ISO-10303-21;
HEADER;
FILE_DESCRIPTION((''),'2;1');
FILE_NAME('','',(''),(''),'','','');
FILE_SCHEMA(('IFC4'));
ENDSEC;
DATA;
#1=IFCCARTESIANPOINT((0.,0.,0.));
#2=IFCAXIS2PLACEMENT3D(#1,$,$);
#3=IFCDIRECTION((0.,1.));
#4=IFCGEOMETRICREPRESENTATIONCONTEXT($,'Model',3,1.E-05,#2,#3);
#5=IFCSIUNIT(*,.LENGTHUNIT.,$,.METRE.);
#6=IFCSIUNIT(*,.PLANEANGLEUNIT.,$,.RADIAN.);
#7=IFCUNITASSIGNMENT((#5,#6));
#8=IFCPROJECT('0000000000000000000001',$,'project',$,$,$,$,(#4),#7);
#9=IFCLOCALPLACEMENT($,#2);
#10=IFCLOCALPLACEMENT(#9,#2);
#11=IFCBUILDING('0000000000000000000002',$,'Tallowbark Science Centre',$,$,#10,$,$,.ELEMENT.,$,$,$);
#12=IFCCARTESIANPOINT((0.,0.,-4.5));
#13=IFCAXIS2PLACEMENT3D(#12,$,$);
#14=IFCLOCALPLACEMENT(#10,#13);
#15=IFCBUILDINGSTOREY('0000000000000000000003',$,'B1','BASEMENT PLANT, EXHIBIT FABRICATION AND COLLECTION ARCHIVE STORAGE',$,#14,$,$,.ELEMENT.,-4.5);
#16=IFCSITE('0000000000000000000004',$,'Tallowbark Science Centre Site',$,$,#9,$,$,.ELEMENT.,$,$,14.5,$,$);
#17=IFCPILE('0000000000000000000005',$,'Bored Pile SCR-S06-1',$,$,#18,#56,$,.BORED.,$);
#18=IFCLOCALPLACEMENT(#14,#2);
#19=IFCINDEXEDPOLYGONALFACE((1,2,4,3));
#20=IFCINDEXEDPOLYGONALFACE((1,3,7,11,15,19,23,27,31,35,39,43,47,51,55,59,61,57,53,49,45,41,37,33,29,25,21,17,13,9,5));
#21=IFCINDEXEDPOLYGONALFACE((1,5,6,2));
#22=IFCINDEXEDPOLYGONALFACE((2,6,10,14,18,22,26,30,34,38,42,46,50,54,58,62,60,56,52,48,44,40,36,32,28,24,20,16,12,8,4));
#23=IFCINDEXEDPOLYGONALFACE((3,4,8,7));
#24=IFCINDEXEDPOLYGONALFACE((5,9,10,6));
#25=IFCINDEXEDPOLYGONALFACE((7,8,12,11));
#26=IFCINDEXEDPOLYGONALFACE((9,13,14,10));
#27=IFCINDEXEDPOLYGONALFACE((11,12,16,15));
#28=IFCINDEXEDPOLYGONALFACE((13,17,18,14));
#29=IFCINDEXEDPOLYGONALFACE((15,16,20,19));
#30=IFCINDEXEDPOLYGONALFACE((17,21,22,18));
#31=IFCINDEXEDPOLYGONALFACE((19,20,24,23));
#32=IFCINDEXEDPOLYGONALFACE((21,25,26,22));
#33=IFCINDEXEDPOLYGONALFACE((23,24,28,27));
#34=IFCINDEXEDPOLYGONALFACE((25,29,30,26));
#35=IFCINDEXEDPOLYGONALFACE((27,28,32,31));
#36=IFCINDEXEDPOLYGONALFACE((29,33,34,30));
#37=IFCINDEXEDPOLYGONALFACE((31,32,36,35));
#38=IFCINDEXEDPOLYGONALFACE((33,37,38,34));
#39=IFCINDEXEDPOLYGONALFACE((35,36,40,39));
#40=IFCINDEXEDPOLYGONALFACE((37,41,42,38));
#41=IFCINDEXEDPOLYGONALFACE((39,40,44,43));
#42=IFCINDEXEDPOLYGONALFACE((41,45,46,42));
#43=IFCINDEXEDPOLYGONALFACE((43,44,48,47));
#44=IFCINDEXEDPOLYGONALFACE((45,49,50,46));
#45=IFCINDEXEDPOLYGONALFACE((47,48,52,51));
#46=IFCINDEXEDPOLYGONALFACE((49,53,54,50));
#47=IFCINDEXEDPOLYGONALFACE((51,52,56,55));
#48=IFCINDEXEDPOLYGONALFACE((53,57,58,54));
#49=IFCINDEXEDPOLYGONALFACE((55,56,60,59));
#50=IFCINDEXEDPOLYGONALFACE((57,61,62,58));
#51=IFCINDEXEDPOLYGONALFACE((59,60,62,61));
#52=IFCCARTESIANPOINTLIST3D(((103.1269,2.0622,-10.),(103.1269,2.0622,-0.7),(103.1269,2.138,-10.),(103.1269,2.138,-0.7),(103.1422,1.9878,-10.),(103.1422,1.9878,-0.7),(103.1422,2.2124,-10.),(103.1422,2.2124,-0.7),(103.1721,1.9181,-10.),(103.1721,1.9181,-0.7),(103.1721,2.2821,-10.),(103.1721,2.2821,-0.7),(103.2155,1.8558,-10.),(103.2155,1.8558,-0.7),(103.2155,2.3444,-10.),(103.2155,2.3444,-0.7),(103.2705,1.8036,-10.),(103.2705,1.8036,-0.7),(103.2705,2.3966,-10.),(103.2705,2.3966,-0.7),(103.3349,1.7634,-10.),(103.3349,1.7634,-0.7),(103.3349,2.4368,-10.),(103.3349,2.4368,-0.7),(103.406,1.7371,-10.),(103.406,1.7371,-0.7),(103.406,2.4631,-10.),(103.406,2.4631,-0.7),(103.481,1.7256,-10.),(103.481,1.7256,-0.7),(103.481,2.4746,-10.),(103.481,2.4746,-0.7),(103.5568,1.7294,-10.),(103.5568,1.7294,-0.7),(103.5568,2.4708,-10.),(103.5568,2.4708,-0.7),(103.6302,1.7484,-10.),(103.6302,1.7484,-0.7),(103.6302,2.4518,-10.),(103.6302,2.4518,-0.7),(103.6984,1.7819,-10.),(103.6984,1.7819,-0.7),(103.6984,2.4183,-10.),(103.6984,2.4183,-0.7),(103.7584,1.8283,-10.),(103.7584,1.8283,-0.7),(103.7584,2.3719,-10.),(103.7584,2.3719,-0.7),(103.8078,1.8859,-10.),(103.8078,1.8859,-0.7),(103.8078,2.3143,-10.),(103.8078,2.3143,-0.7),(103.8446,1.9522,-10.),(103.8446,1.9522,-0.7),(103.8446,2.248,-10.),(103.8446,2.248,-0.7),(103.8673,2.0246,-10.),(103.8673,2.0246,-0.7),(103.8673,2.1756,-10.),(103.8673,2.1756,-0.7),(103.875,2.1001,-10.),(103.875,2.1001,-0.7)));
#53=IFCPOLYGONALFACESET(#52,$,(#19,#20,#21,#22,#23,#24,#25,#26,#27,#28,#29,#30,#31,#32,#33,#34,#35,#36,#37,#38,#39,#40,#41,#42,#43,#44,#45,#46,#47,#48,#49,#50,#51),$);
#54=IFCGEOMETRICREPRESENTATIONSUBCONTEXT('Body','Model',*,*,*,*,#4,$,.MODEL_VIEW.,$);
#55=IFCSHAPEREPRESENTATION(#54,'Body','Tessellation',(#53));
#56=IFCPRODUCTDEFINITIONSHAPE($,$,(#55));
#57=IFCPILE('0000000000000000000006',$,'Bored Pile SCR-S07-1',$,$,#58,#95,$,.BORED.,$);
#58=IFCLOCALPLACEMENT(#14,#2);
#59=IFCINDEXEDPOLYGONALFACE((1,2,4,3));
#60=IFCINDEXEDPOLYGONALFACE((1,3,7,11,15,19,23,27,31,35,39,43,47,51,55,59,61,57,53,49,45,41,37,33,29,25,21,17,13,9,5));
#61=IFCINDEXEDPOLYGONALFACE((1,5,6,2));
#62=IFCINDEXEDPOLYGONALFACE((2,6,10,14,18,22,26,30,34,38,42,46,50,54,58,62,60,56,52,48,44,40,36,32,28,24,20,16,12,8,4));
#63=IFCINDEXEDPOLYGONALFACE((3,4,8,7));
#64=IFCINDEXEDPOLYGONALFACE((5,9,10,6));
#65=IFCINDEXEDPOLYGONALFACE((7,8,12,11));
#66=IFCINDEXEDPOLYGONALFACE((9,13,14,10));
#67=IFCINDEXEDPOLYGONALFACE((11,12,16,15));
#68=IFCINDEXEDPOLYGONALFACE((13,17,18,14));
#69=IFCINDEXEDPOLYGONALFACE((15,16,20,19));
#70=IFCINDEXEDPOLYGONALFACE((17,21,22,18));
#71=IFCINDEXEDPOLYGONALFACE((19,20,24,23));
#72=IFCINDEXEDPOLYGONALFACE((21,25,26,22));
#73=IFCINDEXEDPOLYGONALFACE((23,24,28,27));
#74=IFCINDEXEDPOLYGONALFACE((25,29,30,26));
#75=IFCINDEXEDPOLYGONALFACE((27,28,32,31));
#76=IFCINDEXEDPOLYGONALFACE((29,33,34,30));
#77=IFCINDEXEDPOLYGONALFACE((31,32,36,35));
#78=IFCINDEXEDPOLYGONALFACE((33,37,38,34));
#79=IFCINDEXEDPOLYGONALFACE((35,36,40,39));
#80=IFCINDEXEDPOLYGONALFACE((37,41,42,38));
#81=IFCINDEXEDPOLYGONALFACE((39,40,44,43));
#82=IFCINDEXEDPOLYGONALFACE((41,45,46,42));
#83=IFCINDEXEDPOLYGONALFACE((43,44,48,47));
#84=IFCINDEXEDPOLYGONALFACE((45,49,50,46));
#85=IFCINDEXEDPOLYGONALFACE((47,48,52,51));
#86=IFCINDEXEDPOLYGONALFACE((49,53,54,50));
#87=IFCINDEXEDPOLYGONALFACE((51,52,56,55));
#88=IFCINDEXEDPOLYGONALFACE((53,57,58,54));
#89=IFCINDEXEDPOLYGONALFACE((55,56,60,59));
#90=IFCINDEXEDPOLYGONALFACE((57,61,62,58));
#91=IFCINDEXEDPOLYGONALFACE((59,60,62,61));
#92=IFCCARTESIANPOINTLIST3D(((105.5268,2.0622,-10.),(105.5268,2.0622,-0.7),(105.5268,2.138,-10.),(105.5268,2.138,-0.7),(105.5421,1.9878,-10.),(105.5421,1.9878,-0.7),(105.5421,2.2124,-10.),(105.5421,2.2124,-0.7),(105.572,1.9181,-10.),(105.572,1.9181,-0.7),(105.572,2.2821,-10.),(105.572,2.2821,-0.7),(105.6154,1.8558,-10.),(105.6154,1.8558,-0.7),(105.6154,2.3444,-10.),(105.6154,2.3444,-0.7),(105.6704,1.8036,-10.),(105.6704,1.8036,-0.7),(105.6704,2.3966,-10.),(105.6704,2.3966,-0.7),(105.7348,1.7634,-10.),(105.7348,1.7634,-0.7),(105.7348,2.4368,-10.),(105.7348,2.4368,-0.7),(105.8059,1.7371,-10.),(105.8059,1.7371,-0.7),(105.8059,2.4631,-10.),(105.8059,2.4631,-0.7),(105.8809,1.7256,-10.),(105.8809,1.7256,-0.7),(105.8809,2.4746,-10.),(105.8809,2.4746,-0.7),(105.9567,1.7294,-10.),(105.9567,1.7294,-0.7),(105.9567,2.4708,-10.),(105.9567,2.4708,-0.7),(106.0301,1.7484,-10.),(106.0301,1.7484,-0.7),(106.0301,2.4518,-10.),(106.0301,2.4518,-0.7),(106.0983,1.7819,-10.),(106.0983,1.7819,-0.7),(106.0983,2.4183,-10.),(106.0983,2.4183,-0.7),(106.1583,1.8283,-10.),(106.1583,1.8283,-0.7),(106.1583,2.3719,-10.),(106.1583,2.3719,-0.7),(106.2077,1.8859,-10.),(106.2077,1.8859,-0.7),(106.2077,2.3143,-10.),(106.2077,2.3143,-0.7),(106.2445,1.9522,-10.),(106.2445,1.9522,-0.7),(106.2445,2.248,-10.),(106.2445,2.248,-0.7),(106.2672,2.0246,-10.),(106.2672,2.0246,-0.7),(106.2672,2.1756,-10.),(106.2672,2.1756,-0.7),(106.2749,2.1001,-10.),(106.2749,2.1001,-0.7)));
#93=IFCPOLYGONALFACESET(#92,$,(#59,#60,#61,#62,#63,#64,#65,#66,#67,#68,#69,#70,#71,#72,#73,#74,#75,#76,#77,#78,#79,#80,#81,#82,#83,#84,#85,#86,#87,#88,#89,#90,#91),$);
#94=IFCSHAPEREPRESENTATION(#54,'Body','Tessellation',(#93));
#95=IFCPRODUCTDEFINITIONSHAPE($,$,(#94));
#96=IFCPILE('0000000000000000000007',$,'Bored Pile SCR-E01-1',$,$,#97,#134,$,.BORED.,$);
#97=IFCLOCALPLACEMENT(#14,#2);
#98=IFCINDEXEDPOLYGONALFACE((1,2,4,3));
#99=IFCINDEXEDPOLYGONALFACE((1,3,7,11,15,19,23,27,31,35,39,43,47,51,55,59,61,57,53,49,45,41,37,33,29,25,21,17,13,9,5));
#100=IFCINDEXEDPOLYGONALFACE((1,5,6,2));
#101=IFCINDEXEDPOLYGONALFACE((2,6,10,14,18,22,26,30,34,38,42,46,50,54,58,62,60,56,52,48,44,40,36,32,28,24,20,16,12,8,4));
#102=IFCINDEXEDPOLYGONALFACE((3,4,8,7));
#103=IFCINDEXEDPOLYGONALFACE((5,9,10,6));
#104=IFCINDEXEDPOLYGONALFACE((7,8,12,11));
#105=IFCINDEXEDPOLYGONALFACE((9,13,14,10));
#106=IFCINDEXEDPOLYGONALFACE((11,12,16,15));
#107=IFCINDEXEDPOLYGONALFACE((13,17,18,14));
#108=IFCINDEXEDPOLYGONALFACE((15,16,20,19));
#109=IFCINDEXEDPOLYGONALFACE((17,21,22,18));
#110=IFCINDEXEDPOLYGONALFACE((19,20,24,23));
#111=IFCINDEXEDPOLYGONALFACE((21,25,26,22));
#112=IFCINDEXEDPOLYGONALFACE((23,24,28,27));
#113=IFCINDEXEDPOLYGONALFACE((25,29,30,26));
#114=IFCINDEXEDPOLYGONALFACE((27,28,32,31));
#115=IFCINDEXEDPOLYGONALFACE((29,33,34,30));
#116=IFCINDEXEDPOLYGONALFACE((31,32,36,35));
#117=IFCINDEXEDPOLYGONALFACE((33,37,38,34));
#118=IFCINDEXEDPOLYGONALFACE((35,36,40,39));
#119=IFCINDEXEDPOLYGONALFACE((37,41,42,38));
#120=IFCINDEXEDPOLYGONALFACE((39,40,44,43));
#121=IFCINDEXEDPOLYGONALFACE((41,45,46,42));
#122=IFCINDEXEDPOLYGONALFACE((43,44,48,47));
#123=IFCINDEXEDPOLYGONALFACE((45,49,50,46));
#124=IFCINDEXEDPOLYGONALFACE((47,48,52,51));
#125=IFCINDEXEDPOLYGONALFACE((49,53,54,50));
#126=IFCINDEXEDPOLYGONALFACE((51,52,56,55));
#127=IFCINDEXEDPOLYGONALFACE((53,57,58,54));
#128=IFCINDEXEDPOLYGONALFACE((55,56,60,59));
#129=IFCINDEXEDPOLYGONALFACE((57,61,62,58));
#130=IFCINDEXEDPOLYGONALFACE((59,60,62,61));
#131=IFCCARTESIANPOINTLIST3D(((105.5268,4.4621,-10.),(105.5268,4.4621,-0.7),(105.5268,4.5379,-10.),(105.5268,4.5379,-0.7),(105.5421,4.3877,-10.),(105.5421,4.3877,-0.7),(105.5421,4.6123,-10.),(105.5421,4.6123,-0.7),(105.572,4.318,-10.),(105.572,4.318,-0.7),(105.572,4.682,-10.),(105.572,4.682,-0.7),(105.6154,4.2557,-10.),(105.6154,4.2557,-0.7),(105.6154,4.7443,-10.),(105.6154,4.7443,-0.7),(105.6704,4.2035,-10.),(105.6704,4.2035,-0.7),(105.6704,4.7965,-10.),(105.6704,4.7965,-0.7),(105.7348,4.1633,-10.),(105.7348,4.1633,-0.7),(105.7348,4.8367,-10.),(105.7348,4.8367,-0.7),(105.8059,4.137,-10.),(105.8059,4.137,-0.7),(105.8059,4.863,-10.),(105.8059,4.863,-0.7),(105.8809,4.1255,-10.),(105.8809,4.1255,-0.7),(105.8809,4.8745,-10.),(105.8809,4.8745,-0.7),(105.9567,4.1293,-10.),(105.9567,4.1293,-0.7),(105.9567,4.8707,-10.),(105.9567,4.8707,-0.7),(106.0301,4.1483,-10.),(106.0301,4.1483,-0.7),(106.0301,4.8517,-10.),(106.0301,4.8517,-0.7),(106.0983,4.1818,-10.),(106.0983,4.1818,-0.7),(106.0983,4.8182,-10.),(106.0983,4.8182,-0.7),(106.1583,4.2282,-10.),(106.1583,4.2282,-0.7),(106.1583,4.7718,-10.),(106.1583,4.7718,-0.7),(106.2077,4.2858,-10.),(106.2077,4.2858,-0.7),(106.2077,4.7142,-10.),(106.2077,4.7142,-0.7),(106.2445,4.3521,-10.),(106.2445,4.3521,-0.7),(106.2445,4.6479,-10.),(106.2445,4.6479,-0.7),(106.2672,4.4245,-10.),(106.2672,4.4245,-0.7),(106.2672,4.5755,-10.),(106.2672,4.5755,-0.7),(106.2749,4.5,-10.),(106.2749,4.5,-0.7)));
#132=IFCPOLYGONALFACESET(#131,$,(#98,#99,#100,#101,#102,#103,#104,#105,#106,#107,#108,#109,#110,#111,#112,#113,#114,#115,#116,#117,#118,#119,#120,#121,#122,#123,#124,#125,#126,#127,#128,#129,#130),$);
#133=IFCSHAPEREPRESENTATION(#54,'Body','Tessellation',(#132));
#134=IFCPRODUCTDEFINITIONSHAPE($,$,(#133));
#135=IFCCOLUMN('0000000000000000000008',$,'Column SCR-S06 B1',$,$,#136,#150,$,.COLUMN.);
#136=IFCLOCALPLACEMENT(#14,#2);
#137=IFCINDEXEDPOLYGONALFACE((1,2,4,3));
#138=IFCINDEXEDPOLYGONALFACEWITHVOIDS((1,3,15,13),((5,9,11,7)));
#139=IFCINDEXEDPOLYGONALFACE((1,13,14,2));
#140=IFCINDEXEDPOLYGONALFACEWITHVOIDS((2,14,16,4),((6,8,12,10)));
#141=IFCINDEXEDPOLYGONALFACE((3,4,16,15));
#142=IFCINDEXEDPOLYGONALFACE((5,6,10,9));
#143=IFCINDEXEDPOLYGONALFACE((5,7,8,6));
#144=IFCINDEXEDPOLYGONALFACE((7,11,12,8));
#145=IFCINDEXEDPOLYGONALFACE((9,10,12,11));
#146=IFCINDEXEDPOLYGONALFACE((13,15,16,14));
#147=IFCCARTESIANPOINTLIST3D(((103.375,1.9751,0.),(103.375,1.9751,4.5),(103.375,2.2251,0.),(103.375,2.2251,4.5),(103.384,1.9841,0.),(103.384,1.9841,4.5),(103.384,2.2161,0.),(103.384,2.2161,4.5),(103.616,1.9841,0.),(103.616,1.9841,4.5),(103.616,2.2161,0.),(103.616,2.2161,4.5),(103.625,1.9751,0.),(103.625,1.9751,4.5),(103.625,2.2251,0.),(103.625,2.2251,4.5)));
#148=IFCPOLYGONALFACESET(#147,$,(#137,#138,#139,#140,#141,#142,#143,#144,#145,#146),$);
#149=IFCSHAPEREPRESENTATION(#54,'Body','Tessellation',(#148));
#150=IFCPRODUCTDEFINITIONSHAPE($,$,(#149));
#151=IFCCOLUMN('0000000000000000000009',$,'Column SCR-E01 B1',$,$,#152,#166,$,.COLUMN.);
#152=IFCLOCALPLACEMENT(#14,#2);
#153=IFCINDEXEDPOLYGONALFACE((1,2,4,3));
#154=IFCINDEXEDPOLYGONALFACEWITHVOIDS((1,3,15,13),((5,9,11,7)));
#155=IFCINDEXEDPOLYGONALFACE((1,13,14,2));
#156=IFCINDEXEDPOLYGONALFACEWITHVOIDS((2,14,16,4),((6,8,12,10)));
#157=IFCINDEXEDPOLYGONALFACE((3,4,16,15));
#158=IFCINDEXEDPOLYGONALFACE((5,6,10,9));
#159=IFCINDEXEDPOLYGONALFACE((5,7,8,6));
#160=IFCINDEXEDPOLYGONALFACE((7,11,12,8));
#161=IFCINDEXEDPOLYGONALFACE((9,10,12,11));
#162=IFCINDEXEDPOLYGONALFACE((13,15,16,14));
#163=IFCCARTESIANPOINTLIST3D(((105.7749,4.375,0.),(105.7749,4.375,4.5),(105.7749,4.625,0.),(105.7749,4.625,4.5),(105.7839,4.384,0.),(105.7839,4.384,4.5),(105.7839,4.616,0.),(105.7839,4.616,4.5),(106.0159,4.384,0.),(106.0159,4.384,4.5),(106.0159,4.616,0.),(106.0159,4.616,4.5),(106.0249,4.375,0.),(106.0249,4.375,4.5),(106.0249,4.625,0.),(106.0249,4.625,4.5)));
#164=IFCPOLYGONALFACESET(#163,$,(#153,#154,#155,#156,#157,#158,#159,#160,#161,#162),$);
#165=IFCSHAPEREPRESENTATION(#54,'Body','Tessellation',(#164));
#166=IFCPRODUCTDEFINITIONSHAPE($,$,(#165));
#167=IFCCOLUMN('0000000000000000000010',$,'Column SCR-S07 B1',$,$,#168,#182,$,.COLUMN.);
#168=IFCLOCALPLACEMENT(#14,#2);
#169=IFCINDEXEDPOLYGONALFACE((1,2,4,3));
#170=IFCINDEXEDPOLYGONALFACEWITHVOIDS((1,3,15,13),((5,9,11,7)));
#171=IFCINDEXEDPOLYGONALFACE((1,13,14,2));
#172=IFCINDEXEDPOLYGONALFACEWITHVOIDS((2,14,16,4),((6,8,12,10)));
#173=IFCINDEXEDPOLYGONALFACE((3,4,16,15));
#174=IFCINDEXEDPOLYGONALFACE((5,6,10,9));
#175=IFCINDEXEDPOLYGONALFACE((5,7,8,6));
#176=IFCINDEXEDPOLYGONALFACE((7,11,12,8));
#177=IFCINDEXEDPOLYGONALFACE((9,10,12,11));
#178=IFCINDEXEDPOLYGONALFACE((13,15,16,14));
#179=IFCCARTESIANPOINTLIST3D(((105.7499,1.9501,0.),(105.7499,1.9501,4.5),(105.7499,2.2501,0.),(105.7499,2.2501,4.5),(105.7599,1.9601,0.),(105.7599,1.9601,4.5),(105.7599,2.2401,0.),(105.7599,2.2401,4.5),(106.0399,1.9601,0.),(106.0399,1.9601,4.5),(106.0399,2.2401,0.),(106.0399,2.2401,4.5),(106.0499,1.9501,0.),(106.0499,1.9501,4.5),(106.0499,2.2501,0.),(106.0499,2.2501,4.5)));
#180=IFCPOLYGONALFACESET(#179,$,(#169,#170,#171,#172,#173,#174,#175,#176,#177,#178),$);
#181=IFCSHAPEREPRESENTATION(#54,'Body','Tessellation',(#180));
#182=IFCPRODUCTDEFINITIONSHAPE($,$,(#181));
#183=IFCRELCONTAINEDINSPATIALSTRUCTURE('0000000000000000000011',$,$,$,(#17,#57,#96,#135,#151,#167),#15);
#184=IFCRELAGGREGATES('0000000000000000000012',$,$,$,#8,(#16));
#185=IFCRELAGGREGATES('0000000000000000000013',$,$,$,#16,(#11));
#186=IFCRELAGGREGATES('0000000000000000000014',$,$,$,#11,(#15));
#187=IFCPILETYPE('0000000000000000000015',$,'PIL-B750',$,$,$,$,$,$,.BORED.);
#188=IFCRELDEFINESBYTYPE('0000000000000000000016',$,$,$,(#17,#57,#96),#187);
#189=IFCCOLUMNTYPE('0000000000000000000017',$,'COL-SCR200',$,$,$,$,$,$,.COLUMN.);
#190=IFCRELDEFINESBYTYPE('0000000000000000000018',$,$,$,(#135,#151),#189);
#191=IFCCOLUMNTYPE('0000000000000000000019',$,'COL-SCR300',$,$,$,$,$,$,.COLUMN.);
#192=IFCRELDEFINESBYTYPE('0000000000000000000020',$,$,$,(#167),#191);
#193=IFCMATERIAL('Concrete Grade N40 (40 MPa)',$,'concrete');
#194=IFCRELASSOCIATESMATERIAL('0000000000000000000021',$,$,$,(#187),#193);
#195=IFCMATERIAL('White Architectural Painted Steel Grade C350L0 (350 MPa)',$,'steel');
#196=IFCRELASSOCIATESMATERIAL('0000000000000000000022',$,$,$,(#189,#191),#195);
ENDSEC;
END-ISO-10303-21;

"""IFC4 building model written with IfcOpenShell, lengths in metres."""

from ifc_helpers import new_model, si_unit, direction, frame, origin, origin_2d, place, context, subcontext, project, spatial, hollow_rectangle, circle, extrude, material, material_profile, profile_set, type_object, element, save


model = new_model("IFC4")

# Units and contexts
model_context = context("Model", 3, precision=1e-05, world=origin(), true_north=direction((0.0, 1.0)))
body_context = subcontext(model_context, "Body", "Model", "MODEL_VIEW")
ifc_project = project(units=[si_unit("LENGTHUNIT", "METRE"), si_unit("PLANEANGLEUNIT", "RADIAN")], contexts=[model_context])

# Site, building, storey
site_placement = place(None, origin())
site = spatial("IfcSite", under=ifc_project, at=site_placement, Name="Tallowbark Science Centre Site", CompositionType="ELEMENT", RefElevation=14.5)
building_placement = place(site_placement, origin())
building = spatial("IfcBuilding", under=site, at=building_placement, Name="Tallowbark Science Centre", CompositionType="ELEMENT")
storey_placement = place(building_placement, frame((0.0, 0.0, -4.5)))
storey = spatial("IfcBuildingStorey", under=building, at=storey_placement, Name="B1", Description="BASEMENT PLANT, EXHIBIT FABRICATION AND COLLECTION ARCHIVE STORAGE", CompositionType="ELEMENT", Elevation=-4.5)

# Shared definitions
ifc_material_1 = material(Name="Concrete Grade N40 (40 MPa)", Category="concrete")

# Piles
ifc_material_profile_1 = material_profile(ifc_material_1, circle(Radius=0.375, at=origin_2d()), Name="PILE750")
ifc_profile_set_1 = profile_set([ifc_material_profile_1], Name="Concrete Grade N40 (40 MPa)")
pile_type = type_object("IfcPileType", Name="PIL-B750", PredefinedType="BORED", material=ifc_profile_set_1)
for number, where, z_axis, x_axis, name in (
    (1, (103.5, 2.1001, -0.7), (0.0, 0.0, -1.0), (1.0, 0.0, 0.0), "Bored Pile SCR-S06-1"),
    (2, (105.8999, 2.1001, -0.7), (0.0, 0.0, -1.0), (1.0, 0.0, 0.0), "Bored Pile SCR-S07-1"),
    (3, (105.8999, 4.5, -0.7), (0.0, 0.0, -1.0), (1.0, 0.0, 0.0), "Bored Pile SCR-E01-1"),
):
    element("IfcPile", number, at=place(storey_placement, frame(where, z_axis=z_axis, x_axis=x_axis)), inside=storey, type_object=pile_type, Name=name, PredefinedType="BORED", context=body_context, shape_type="SweptSolid", body=[
        extrude(circle(Radius=0.375, at=origin_2d()), origin(), (0.0, 0.0, 1.0), 9.3),
    ])

# Columns
ifc_material_2 = material(Name="White Architectural Painted Steel Grade C350L0 (350 MPa)", Category="steel")
ifc_material_profile_2 = material_profile(ifc_material_2, hollow_rectangle(XDim=0.25, YDim=0.25, WallThickness=0.009, at=origin_2d()), Name="250x250x9.0SHS")
ifc_profile_set_2 = profile_set([ifc_material_profile_2], Name="White Architectural Painted Steel Grade C350L0 (350 MPa)")
column_type_1 = type_object("IfcColumnType", Name="COL-SCR200", PredefinedType="COLUMN", material=ifc_profile_set_2)
for number, where, z_axis, x_axis, name in (
    (4, (103.5, 2.1001, 0.0), (0.0, 0.0, 1.0), (1.0, 0.0, 0.0), "Column SCR-S06 B1"),
    (5, (105.8999, 4.5, 0.0), (0.0, 0.0, 1.0), (1.0, 0.0, 0.0), "Column SCR-E01 B1"),
):
    element("IfcColumn", number, at=place(storey_placement, frame(where, z_axis=z_axis, x_axis=x_axis)), inside=storey, type_object=column_type_1, Name=name, PredefinedType="COLUMN", context=body_context, shape_type="SweptSolid", body=[
        extrude(hollow_rectangle(XDim=0.25, YDim=0.25, WallThickness=0.009, at=origin_2d()), origin(), (0.0, 0.0, 1.0), 4.5),
    ])
ifc_material_profile_3 = material_profile(ifc_material_2, hollow_rectangle(XDim=0.3, YDim=0.3, WallThickness=0.01, at=origin_2d()), Name="300x300x10.0SHS")
ifc_profile_set_3 = profile_set([ifc_material_profile_3], Name="White Architectural Painted Steel Grade C350L0 (350 MPa)")
column_type_2 = type_object("IfcColumnType", Name="COL-SCR300", PredefinedType="COLUMN", material=ifc_profile_set_3)
column_1_placement = place(storey_placement, frame((105.8999, 2.1001, 0.0), z_axis=(0.0, 0.0, 1.0), x_axis=(1.0, 0.0, 0.0)))
element("IfcColumn", 6, at=column_1_placement, inside=storey, type_object=column_type_2, Name="Column SCR-S07 B1", PredefinedType="COLUMN", context=body_context, shape_type="SweptSolid", body=[
    extrude(hollow_rectangle(XDim=0.3, YDim=0.3, WallThickness=0.01, at=origin_2d()), origin(), (0.0, 0.0, 1.0), 4.5),
])

save(model, "model.ifc")
